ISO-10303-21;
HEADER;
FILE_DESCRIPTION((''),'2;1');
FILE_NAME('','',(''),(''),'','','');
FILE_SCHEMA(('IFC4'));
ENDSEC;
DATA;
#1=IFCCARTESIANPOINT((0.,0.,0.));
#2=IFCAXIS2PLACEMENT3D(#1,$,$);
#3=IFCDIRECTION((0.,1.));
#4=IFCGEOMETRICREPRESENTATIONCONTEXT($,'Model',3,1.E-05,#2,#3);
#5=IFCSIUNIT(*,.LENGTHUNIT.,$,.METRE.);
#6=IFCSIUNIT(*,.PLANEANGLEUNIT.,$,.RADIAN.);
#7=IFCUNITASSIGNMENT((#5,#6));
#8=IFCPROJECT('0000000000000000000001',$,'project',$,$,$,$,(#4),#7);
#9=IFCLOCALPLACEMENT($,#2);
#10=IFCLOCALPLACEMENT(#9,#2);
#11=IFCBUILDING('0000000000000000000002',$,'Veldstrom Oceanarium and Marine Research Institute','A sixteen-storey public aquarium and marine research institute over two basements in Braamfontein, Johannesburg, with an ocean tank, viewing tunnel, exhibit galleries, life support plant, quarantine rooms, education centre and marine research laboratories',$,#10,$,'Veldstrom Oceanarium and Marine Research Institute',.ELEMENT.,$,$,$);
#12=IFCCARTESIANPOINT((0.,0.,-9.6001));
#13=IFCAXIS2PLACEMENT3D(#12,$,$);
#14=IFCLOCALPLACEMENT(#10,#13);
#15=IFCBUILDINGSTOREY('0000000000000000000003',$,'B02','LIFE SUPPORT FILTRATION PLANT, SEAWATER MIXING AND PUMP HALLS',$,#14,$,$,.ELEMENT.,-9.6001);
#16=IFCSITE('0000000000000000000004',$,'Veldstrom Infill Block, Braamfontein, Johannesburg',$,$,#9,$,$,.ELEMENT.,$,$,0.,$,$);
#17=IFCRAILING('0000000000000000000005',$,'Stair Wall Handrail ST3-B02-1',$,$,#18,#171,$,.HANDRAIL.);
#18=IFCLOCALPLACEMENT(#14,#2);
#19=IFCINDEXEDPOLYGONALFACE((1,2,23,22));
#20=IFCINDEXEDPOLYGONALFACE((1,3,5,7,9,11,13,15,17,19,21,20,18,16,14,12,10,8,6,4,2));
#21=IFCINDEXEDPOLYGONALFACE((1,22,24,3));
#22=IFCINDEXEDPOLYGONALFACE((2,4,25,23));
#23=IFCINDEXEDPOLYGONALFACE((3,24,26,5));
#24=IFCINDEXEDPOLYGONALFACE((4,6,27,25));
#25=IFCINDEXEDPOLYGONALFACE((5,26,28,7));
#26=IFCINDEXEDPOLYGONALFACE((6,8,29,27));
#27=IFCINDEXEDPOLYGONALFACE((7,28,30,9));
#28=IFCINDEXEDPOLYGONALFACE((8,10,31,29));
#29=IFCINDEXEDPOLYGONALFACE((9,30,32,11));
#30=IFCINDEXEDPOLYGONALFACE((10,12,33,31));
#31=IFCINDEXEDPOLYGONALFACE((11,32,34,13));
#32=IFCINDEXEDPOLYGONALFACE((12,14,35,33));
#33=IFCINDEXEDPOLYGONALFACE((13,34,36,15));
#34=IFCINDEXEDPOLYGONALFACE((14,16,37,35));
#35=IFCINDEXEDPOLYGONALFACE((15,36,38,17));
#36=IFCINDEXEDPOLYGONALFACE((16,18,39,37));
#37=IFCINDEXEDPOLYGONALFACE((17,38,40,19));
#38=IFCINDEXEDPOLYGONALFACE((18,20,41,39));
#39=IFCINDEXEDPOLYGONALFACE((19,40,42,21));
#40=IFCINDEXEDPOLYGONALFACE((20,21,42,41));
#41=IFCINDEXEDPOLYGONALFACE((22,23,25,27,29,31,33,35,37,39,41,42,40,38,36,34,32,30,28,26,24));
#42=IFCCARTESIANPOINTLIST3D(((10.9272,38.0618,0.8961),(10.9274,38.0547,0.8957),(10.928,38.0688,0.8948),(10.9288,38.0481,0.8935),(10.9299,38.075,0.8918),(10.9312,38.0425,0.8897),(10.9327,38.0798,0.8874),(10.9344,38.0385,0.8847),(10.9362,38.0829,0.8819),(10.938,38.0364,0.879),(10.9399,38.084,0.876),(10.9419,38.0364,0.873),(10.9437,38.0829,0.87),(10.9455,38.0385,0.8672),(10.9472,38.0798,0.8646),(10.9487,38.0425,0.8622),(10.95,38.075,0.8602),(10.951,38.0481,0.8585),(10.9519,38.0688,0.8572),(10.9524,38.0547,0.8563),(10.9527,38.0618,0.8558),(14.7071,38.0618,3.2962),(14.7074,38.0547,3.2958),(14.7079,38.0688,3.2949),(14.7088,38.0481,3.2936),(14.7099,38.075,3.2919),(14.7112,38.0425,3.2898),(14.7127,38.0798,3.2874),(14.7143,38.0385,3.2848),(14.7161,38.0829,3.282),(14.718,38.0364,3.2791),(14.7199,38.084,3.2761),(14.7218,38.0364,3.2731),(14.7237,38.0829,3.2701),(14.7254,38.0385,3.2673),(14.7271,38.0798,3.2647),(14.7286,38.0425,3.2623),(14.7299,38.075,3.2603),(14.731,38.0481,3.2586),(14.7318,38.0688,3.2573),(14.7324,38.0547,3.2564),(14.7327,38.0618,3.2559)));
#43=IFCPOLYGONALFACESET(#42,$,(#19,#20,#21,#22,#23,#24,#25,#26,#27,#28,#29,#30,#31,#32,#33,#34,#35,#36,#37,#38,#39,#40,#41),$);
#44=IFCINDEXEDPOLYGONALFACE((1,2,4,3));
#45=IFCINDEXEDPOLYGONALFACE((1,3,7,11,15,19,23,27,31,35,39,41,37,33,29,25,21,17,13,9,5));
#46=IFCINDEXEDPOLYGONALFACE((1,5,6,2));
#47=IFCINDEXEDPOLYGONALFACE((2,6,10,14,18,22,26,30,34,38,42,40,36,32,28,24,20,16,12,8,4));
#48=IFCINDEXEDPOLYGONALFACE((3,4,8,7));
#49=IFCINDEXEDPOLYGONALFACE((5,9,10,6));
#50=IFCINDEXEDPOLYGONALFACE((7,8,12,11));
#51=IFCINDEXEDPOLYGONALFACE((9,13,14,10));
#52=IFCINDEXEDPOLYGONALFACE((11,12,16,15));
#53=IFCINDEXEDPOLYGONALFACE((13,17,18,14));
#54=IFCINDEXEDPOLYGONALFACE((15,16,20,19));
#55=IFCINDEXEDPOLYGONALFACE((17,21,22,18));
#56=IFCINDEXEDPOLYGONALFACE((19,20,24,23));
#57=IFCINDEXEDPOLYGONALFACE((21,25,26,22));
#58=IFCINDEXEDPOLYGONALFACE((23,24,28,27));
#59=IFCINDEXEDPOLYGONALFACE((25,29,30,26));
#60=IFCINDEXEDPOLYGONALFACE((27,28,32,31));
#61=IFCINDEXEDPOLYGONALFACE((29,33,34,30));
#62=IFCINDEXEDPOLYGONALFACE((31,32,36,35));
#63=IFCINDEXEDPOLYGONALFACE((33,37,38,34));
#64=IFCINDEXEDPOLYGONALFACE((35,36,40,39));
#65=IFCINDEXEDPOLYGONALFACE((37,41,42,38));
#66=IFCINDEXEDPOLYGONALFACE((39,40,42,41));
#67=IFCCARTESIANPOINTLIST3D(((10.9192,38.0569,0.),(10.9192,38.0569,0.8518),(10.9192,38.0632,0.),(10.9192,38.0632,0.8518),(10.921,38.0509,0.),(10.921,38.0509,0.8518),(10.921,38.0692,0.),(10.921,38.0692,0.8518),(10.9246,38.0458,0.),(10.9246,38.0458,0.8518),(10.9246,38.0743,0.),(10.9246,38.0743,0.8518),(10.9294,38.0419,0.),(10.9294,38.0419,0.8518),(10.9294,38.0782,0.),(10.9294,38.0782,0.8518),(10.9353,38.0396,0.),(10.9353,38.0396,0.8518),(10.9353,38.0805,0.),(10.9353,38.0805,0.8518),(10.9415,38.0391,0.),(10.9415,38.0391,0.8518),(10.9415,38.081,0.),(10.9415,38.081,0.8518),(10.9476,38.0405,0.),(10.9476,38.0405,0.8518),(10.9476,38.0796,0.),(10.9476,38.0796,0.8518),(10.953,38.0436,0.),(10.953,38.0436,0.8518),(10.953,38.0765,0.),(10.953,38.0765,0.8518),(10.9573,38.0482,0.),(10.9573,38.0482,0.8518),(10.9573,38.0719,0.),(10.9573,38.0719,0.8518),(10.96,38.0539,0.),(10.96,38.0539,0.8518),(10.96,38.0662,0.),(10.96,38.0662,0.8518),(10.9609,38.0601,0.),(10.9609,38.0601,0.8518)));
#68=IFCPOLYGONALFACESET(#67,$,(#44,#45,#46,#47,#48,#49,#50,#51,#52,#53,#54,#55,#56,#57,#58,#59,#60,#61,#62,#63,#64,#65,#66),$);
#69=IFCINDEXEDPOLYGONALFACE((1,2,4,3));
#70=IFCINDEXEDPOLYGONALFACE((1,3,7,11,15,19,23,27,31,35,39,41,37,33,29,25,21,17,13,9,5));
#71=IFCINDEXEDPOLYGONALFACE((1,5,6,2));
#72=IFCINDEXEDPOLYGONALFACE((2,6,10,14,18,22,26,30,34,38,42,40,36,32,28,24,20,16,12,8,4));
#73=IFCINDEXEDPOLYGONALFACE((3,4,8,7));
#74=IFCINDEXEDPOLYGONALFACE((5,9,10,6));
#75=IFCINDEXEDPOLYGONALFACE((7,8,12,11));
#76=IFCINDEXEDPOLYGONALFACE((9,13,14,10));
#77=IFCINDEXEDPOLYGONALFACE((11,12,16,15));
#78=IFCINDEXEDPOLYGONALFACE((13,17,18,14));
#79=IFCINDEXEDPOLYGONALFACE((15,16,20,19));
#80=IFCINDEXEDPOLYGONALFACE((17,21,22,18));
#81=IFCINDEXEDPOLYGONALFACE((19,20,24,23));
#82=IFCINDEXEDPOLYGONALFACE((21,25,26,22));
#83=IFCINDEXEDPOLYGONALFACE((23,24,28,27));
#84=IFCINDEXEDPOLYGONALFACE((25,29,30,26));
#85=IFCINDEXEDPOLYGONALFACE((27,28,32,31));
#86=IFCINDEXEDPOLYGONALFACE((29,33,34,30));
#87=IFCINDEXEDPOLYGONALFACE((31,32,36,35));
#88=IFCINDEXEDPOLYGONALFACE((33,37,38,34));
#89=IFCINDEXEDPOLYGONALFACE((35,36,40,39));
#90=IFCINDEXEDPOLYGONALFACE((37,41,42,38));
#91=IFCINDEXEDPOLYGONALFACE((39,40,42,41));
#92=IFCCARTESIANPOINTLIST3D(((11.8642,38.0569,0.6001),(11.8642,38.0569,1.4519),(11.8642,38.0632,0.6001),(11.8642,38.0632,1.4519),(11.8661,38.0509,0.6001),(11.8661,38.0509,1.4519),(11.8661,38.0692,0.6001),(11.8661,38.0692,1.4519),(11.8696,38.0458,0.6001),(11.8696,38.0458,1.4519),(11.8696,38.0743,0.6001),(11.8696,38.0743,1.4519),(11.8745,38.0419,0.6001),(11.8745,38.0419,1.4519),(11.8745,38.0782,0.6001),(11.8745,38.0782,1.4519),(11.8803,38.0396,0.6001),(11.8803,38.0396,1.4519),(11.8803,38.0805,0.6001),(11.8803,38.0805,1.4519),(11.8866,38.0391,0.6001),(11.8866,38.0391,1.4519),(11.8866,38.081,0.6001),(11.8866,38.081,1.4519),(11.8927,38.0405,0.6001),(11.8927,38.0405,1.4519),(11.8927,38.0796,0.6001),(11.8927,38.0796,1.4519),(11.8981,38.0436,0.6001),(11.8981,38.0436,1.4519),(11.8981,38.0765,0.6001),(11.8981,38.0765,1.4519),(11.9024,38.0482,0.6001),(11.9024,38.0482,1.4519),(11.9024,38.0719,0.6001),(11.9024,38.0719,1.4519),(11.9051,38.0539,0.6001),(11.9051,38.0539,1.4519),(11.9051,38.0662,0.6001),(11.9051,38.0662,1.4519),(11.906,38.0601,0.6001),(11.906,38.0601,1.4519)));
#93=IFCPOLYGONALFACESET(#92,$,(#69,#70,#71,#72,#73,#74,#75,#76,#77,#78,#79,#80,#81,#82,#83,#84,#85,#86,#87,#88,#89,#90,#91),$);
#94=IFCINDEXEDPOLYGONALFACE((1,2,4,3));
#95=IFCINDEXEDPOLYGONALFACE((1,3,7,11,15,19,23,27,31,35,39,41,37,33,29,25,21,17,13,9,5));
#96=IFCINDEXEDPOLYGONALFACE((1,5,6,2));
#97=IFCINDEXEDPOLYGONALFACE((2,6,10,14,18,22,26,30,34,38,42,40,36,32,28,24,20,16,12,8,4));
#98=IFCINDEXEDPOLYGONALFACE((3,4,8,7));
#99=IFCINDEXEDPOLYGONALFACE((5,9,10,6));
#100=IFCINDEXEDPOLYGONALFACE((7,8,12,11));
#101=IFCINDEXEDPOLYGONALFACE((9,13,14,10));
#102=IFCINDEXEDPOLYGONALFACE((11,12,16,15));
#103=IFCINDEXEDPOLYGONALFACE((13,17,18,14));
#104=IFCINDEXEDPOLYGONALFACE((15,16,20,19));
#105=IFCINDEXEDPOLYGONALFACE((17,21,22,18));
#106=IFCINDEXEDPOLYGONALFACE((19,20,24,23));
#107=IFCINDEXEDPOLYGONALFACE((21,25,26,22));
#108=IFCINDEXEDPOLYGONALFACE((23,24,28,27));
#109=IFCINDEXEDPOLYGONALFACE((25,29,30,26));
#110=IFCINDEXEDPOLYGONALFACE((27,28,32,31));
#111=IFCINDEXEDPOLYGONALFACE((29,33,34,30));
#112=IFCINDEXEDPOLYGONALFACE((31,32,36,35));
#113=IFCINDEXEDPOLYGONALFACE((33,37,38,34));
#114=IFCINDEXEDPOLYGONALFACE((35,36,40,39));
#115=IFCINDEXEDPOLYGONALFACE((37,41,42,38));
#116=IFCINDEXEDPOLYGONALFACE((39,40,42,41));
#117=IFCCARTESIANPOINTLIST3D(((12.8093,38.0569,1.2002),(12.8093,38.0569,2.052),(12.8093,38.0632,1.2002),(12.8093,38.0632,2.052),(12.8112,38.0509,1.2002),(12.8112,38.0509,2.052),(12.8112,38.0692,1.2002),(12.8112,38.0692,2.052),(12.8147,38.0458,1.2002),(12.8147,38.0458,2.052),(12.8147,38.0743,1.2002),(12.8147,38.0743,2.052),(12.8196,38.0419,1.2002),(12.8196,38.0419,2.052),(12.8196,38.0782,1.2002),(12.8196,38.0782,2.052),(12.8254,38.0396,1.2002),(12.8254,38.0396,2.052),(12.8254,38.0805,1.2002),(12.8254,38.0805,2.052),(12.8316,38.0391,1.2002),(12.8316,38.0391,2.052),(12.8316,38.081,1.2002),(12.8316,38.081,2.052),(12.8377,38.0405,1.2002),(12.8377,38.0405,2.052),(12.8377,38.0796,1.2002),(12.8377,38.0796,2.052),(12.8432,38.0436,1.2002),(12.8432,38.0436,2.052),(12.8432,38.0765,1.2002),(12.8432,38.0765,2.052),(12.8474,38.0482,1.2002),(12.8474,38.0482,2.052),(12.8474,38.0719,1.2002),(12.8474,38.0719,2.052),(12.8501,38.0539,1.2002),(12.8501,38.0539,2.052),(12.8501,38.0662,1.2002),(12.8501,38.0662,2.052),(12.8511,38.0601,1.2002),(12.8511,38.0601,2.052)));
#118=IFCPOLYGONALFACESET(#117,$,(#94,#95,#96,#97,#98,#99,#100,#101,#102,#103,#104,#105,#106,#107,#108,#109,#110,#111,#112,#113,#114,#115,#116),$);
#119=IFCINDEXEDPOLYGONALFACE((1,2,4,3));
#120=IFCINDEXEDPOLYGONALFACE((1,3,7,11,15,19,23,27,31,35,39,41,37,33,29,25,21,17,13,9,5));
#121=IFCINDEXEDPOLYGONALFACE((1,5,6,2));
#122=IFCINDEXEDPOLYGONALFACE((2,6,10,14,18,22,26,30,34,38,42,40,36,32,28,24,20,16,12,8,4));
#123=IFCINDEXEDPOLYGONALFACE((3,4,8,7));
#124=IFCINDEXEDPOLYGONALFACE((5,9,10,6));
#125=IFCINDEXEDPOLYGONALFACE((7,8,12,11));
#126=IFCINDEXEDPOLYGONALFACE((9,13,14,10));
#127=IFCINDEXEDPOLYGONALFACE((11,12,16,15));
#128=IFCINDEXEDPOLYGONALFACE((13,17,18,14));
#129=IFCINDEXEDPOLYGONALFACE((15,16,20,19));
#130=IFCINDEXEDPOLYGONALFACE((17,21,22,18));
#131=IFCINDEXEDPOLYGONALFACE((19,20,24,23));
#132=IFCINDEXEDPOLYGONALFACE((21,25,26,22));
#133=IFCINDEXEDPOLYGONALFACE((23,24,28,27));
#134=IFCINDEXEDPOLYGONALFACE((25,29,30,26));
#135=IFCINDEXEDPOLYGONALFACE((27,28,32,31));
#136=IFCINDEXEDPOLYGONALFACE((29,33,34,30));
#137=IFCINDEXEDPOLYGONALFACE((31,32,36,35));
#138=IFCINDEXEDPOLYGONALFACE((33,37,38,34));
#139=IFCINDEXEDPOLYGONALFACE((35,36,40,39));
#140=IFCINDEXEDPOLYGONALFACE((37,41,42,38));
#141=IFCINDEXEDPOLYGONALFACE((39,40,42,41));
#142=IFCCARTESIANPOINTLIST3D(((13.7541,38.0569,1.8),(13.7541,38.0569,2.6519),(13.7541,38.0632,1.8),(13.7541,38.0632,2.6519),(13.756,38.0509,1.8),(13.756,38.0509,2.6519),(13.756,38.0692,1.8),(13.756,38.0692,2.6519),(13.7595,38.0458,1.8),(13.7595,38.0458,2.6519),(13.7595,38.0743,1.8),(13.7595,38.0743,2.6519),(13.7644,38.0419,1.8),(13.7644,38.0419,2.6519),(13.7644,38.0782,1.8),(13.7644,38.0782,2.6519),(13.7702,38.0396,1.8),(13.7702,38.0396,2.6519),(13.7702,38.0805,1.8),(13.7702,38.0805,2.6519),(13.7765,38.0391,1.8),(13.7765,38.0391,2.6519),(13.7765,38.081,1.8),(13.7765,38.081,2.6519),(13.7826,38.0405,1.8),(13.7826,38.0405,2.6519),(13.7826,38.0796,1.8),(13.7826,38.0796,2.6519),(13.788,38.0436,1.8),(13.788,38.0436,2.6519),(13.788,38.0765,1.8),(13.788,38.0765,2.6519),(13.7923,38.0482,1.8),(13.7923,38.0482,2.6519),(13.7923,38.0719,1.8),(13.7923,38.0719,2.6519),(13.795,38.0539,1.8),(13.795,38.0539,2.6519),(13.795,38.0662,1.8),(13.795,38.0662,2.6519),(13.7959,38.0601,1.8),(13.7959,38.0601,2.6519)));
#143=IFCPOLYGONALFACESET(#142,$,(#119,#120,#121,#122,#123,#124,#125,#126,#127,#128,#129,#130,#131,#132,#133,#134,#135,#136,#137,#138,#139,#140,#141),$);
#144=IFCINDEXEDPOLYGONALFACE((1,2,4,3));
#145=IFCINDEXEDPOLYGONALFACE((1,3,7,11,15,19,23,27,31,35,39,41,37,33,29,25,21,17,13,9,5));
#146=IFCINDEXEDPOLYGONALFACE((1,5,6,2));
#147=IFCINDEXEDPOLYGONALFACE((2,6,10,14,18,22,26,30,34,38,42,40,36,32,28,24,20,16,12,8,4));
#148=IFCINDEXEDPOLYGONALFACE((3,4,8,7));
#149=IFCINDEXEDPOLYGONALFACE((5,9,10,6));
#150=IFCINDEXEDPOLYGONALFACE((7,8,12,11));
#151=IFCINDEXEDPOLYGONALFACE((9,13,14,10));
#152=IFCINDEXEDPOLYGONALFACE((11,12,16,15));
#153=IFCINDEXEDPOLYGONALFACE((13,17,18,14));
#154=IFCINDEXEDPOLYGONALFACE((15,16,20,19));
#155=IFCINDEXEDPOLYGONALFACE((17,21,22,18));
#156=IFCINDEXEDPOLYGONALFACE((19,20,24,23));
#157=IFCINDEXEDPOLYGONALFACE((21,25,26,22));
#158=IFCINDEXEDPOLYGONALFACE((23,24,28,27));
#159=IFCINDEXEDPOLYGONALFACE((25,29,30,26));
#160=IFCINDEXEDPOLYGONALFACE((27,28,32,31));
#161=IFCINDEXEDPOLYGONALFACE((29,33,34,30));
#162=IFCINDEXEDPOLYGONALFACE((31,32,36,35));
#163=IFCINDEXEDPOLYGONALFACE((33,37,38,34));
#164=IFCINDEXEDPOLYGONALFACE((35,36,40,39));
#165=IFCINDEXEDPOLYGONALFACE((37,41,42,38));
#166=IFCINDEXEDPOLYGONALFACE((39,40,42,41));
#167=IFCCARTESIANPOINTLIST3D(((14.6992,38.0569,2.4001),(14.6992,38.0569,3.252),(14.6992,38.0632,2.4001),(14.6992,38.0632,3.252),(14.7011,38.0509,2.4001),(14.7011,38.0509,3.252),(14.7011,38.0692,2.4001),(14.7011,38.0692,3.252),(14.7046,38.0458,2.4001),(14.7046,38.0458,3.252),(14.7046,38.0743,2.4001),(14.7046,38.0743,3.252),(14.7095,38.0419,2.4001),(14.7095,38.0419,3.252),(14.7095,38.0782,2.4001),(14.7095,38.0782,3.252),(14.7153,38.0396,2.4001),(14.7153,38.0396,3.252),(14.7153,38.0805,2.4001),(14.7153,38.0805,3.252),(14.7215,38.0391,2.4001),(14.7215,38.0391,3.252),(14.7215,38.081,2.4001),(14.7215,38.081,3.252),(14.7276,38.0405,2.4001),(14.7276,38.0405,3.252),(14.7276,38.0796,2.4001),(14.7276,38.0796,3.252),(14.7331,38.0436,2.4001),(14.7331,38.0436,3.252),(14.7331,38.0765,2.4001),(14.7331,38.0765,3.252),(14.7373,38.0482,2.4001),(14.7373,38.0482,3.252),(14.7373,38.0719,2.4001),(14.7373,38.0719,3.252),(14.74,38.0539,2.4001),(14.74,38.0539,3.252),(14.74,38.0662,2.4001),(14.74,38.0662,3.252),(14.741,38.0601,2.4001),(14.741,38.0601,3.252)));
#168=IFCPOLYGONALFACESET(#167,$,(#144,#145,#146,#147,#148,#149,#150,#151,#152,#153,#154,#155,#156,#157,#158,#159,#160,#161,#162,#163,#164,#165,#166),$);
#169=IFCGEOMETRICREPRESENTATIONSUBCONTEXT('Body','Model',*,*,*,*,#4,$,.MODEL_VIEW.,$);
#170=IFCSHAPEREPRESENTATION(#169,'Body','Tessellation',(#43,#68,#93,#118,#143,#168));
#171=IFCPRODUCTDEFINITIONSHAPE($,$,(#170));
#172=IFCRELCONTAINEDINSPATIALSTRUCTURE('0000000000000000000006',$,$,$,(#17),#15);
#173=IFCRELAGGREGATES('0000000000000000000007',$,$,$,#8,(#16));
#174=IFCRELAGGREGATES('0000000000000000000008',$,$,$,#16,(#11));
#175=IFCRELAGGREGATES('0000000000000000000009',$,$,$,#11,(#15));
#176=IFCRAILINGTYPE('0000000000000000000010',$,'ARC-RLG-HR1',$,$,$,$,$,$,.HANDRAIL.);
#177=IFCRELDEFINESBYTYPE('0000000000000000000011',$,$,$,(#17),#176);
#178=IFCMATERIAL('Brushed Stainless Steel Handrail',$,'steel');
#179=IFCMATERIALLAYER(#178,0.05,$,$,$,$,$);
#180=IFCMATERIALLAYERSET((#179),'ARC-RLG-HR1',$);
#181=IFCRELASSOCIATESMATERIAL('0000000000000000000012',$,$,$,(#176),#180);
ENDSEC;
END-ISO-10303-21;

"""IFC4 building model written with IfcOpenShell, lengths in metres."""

from ifc_helpers import new_model, si_unit, direction, frame, origin, origin_2d, place, context, subcontext, project, spatial, circle, extrude, material, layer, layer_set, type_object, element, save


model = new_model("IFC4")

# Units and contexts
model_context = context("Model", 3, precision=1e-05, world=origin(), true_north=direction((0.0, 1.0)))
body_context = subcontext(model_context, "Body", "Model", "MODEL_VIEW")
ifc_project = project(units=[si_unit("LENGTHUNIT", "METRE"), si_unit("PLANEANGLEUNIT", "RADIAN")], contexts=[model_context])

# Site, building, storey
site_placement = place(None, origin())
site = spatial("IfcSite", under=ifc_project, at=site_placement, Name="Veldstrom Infill Block, Braamfontein, Johannesburg", CompositionType="ELEMENT", RefElevation=0.0)
building_placement = place(site_placement, origin())
building = spatial("IfcBuilding", under=site, at=building_placement, Name="Veldstrom Oceanarium and Marine Research Institute", Description="A sixteen-storey public aquarium and marine research institute over two basements in Braamfontein, Johannesburg, with an ocean tank, viewing tunnel, exhibit galleries, life support plant, quarantine rooms, education centre and marine research laboratories", LongName="Veldstrom Oceanarium and Marine Research Institute", CompositionType="ELEMENT")
storey_placement = place(building_placement, frame((0.0, 0.0, -9.6001)))
storey = spatial("IfcBuildingStorey", under=building, at=storey_placement, Name="B02", Description="LIFE SUPPORT FILTRATION PLANT, SEAWATER MIXING AND PUMP HALLS", CompositionType="ELEMENT", Elevation=-9.6001)

# Railing
ifc_material_1 = material(Name="Brushed Stainless Steel Handrail", Category="steel")
ifc_layer_1 = layer(ifc_material_1, 0.05)
ifc_layer_set_1 = layer_set([ifc_layer_1], Name="ARC-RLG-HR1")
railing_type_1 = type_object("IfcRailingType", Name="ARC-RLG-HR1", PredefinedType="HANDRAIL", material=ifc_layer_set_1)
railing_1_placement = place(storey_placement, frame((10.9399, 38.0601, 0.0)))
element("IfcRailing", 1, at=railing_1_placement, inside=storey, type_object=railing_type_1, Name="Stair Wall Handrail ST3-B02-1", PredefinedType="HANDRAIL", context=body_context, shape_type="SweptSolid", body=[
    extrude(circle(Radius=0.0239, at=origin_2d()), frame((0.0, 0.0, 0.876), z_axis=(0.8442, 0.0, 0.536028), x_axis=(0.0, 1.0, 0.0)), (0.0, 0.0, 1.0), 4.4775),
    extrude(circle(Radius=0.021, at=origin_2d()), origin(), (0.0, 0.0, 1.0), 0.8518),
    extrude(circle(Radius=0.021, at=origin_2d()), frame((0.9451, 0.0, 0.6001)), (0.0, 0.0, 1.0), 0.8518),
    extrude(circle(Radius=0.021, at=origin_2d()), frame((1.8901, 0.0, 1.2002)), (0.0, 0.0, 1.0), 0.8518),
    extrude(circle(Radius=0.021, at=origin_2d()), frame((2.835, 0.0, 1.8)), (0.0, 0.0, 1.0), 0.8518),
    extrude(circle(Radius=0.021, at=origin_2d()), frame((3.78, 0.0, 2.4001)), (0.0, 0.0, 1.0), 0.8518),
])

save(model, "model.ifc")
